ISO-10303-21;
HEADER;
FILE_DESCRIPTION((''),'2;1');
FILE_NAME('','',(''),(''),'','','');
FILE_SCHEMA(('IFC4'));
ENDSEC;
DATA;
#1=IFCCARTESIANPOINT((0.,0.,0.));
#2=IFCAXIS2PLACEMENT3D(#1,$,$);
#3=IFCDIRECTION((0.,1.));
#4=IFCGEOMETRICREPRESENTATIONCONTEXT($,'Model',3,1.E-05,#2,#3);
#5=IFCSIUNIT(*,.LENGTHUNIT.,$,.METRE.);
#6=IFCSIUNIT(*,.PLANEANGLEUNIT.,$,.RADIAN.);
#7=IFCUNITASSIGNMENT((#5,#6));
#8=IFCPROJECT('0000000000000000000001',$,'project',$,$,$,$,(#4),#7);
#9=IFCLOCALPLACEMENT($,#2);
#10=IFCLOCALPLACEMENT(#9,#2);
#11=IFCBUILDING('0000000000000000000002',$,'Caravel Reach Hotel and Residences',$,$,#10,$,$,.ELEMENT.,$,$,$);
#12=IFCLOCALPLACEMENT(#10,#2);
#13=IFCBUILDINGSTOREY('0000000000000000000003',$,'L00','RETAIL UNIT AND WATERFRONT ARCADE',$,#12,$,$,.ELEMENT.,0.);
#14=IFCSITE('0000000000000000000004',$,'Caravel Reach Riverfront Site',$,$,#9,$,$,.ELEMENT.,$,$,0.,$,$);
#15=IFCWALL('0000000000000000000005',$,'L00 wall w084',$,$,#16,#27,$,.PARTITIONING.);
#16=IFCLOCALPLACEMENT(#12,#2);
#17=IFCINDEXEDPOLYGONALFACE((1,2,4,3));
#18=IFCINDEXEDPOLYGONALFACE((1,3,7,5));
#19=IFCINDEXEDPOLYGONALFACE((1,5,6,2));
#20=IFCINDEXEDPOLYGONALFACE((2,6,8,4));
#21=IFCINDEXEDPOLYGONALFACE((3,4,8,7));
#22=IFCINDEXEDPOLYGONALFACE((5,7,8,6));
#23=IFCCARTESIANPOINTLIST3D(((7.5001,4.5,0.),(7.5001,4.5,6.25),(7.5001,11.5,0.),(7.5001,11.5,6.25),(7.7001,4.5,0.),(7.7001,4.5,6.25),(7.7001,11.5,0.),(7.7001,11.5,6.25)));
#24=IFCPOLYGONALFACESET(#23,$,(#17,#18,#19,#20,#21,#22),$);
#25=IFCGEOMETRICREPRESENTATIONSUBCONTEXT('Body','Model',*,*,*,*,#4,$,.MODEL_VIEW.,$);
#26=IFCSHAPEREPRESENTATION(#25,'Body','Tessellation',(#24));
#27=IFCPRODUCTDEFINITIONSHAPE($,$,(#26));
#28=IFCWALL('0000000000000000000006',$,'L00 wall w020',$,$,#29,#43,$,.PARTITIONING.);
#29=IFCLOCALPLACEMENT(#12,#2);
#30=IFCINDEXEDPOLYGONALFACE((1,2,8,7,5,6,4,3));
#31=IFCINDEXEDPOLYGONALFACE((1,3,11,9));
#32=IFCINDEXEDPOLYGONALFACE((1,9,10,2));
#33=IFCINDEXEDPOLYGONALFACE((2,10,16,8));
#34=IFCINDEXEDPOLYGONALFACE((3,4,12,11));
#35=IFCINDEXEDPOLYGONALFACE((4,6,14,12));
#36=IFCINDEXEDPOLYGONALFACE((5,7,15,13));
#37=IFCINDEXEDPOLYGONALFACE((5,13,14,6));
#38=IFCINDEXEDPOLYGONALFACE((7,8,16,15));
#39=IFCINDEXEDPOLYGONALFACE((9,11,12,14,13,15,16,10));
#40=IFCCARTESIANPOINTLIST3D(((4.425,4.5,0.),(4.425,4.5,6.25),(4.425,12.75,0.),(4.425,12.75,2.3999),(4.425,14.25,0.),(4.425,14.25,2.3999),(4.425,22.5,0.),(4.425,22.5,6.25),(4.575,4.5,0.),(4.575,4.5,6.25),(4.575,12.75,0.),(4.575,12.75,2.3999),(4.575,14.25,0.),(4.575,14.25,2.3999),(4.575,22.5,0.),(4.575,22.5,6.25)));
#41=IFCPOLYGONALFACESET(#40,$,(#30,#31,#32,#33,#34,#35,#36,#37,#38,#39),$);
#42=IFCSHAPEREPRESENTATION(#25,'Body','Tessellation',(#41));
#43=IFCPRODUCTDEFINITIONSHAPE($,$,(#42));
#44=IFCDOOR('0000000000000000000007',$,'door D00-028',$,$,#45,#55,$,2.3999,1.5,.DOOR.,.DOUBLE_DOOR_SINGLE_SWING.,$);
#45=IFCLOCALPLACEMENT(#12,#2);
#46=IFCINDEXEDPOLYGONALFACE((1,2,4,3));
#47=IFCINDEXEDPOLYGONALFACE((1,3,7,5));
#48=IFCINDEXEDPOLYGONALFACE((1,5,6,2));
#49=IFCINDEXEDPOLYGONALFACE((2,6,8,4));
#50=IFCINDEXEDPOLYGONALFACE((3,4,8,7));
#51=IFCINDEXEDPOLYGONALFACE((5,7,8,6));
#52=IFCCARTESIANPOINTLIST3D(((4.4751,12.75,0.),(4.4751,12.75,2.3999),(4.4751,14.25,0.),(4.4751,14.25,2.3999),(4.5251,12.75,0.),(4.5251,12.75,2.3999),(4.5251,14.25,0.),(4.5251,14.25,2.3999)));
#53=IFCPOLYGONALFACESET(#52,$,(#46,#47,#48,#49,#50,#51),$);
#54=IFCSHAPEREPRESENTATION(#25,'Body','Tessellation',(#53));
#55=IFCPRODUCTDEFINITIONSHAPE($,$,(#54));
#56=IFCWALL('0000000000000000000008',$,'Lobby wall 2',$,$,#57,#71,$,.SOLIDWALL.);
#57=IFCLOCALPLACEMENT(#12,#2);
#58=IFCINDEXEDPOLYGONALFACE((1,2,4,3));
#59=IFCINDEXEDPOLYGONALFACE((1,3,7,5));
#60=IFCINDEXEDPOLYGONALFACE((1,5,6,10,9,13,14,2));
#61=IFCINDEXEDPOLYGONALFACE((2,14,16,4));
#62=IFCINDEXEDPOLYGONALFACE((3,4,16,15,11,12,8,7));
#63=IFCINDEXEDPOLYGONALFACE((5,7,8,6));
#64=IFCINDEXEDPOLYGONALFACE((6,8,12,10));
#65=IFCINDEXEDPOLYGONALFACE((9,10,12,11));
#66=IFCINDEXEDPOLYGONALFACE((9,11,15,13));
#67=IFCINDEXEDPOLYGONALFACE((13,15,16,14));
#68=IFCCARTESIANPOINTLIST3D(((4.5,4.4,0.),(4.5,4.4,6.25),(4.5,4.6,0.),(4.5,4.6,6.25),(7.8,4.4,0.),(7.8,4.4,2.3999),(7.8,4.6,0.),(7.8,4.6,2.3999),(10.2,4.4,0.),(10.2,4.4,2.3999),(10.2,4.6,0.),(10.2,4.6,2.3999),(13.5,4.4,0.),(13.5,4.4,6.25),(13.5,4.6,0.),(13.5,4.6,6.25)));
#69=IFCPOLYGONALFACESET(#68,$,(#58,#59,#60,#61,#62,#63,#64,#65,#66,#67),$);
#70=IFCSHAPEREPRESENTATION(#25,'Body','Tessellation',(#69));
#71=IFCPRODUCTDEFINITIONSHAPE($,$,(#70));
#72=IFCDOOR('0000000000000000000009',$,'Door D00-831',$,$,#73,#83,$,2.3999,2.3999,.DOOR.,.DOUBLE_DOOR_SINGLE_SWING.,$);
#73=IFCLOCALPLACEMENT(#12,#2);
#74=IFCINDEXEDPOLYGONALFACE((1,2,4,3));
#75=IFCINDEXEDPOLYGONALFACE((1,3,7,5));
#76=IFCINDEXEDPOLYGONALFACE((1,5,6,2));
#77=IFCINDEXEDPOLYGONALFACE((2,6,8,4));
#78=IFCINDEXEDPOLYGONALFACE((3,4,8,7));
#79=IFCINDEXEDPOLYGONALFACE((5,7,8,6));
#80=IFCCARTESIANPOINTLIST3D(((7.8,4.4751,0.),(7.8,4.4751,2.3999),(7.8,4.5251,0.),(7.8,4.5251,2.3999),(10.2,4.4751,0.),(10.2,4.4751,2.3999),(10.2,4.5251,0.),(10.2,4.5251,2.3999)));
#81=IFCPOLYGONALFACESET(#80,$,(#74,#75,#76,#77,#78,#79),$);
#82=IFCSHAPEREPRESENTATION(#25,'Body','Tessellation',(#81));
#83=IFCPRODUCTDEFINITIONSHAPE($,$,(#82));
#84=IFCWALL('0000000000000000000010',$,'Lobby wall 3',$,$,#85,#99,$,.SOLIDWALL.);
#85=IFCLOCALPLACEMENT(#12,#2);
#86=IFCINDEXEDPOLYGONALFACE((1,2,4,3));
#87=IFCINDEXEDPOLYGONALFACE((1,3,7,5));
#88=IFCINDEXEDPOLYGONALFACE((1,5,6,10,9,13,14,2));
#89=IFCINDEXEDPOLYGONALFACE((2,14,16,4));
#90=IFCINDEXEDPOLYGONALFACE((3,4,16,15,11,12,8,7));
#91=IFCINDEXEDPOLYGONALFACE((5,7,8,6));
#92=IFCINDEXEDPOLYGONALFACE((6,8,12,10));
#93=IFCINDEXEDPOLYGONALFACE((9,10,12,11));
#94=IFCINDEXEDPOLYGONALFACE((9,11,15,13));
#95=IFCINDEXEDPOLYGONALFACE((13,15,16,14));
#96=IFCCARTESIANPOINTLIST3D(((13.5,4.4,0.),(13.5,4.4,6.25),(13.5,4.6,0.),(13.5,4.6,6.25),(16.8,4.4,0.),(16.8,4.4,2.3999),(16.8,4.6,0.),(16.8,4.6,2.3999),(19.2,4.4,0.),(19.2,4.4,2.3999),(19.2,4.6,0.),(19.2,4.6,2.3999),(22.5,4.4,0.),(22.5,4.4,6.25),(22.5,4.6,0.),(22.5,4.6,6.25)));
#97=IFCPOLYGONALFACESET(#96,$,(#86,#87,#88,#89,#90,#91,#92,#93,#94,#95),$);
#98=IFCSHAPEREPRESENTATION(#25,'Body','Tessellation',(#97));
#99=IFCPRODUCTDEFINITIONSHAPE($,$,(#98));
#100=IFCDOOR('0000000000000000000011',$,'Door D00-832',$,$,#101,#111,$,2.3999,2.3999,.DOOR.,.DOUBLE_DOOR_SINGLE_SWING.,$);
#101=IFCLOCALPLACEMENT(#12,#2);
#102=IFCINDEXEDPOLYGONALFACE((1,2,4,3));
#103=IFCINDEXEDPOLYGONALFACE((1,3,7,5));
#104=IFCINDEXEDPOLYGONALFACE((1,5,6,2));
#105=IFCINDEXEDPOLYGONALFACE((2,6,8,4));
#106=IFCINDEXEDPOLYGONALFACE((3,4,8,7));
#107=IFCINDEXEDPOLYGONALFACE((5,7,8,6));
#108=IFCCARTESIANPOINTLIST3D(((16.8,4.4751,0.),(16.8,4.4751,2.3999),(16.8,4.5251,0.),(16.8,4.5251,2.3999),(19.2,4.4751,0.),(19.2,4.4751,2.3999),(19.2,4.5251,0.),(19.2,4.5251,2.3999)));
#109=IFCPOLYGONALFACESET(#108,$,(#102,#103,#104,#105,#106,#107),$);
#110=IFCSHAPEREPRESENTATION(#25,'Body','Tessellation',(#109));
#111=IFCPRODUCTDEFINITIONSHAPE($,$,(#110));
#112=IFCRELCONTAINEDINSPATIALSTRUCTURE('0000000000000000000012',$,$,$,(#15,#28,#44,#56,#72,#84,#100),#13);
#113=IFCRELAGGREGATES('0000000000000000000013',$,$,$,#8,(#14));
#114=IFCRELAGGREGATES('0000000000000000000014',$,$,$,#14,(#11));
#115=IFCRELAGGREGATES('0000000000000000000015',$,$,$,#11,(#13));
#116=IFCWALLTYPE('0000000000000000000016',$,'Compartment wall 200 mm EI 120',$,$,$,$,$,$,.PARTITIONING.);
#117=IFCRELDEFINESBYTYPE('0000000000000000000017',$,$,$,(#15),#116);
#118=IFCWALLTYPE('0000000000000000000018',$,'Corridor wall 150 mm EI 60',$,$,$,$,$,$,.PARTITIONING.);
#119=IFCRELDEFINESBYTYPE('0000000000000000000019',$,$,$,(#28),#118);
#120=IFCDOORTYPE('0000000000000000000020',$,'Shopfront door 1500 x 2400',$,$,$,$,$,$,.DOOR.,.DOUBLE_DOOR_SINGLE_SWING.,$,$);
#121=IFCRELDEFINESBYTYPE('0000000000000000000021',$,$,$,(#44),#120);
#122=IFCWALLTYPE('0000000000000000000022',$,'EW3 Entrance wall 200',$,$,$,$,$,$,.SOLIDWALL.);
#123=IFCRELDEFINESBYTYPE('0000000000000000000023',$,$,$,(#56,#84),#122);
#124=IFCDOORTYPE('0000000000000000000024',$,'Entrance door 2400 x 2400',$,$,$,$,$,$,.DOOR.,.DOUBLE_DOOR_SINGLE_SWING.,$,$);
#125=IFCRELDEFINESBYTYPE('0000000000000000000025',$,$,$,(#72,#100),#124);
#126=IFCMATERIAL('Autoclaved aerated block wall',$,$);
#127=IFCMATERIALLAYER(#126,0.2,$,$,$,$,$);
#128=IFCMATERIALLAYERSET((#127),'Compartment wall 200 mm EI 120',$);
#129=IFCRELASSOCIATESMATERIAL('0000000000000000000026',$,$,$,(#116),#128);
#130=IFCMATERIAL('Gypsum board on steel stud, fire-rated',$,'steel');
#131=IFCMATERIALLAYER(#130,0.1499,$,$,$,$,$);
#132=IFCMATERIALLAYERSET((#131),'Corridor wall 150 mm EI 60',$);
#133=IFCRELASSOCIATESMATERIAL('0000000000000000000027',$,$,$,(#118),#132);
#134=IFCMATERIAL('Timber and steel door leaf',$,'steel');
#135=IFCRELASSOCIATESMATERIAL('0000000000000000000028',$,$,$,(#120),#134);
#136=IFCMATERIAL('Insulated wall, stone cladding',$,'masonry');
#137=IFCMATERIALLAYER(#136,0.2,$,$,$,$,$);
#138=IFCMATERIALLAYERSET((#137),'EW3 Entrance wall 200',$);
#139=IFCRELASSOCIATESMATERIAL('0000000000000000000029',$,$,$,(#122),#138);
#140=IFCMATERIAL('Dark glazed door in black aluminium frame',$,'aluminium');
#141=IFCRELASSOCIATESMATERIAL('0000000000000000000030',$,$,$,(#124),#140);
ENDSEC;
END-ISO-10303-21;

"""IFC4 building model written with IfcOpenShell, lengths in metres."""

from ifc_helpers import new_model, si_unit, direction, frame, frame_2d, origin, place, context, subcontext, project, spatial, rectangle, extrude, material, layer, layer_set, type_object, element, fill, save


model = new_model("IFC4")

# Units and contexts
model_context = context("Model", 3, precision=1e-05, world=origin(), true_north=direction((0.0, 1.0)))
body_context = subcontext(model_context, "Body", "Model", "MODEL_VIEW")
ifc_project = project(units=[si_unit("LENGTHUNIT", "METRE"), si_unit("PLANEANGLEUNIT", "RADIAN")], contexts=[model_context])

# Site, building, storey
site_placement = place(None, origin())
site = spatial("IfcSite", under=ifc_project, at=site_placement, Name="Caravel Reach Riverfront Site", CompositionType="ELEMENT", RefElevation=0.0)
building_placement = place(site_placement, origin())
building = spatial("IfcBuilding", under=site, at=building_placement, Name="Caravel Reach Hotel and Residences", CompositionType="ELEMENT")
storey_placement = place(building_placement, origin())
storey = spatial("IfcBuildingStorey", under=building, at=storey_placement, Name="L00", Description="RETAIL UNIT AND WATERFRONT ARCADE", CompositionType="ELEMENT", Elevation=0.0)

# Wall
ifc_material_1 = material(Name="Autoclaved aerated block wall")
ifc_layer_1 = layer(ifc_material_1, 0.2)
ifc_layer_set_1 = layer_set([ifc_layer_1], Name="Compartment wall 200 mm EI 120")
wall_type_1 = type_object("IfcWallType", Name="Compartment wall 200 mm EI 120", PredefinedType="PARTITIONING", material=ifc_layer_set_1)
for number, where, z_axis, x_axis, name in (
    (1, (7.6001, 4.5, 0.0), (0.0, 0.0, 1.0), (0.0, 1.0, 0.0), "L00 wall w084"),
):
    element("IfcWall", number, at=place(storey_placement, frame(where, z_axis=z_axis, x_axis=x_axis)), inside=storey, type_object=wall_type_1, Name=name, PredefinedType="PARTITIONING", context=body_context, shape_type="SweptSolid", body=[
        extrude(rectangle(XDim=7.0, YDim=0.2, at=frame_2d((3.5, 0.0))), origin(), (0.0, 0.0, 1.0), 6.25),
    ])

# Walls, openings, doors
ifc_material_2 = material(Name="Gypsum board on steel stud, fire-rated", Category="steel")
ifc_layer_2 = layer(ifc_material_2, 0.1499)
ifc_layer_set_2 = layer_set([ifc_layer_2], Name="Corridor wall 150 mm EI 60")
wall_type_2 = type_object("IfcWallType", Name="Corridor wall 150 mm EI 60", PredefinedType="PARTITIONING", material=ifc_layer_set_2)
wall_1_placement = place(storey_placement, frame((4.5, 4.5, 0.0), z_axis=(0.0, 0.0, 1.0), x_axis=(0.0, 1.0, 0.0)))
wall_1 = element("IfcWall", 2, at=wall_1_placement, inside=storey, type_object=wall_type_2, Name="L00 wall w020", PredefinedType="PARTITIONING", context=body_context, shape_type="SweptSolid", body=[
    extrude(rectangle(XDim=18.0, YDim=0.1499, at=frame_2d((9.0, 0.0))), origin(), (0.0, 0.0, 1.0), 6.25),
])
opening_1_placement = place(wall_1_placement, frame((8.25, 0.0, 0.0)))
opening_1 = element("IfcOpeningElement", 3, at=opening_1_placement, cuts=wall_1, PredefinedType="OPENING", context=body_context, shape_type="SweptSolid", body=[
    extrude(rectangle(XDim=1.5, YDim=2.3999, at=frame_2d((0.75, 1.2))), frame((0.0, 0.085, 0.0), z_axis=(0.0, -1.0, 0.0), x_axis=(1.0, 0.0, 0.0)), (0.0, 0.0, 1.0), 0.1699),
])
ifc_material_3 = material(Name="Timber and steel door leaf", Category="steel")
door_type_1 = type_object("IfcDoorType", Name="Shopfront door 1500 x 2400", OperationType="DOUBLE_DOOR_SINGLE_SWING", PredefinedType="DOOR", material=ifc_material_3)
door_1_placement = place(opening_1_placement, origin())
door_1 = element("IfcDoor", 4, at=door_1_placement, inside=storey, type_object=door_type_1, Name="door D00-028", OperationType="DOUBLE_DOOR_SINGLE_SWING", OverallHeight=2.3999, OverallWidth=1.5, PredefinedType="DOOR", context=body_context, shape_type="SweptSolid", body=[
    extrude(rectangle(XDim=1.5, YDim=2.3999, at=frame_2d((0.75, 1.2))), frame((0.0, 0.0249, 0.0), z_axis=(0.0, -1.0, 0.0), x_axis=(1.0, 0.0, 0.0)), (0.0, 0.0, 1.0), 0.05),
])
fill(opening_1, door_1)
ifc_material_4 = material(Name="Insulated wall, stone cladding", Category="masonry")
ifc_layer_3 = layer(ifc_material_4, 0.2)
ifc_layer_set_3 = layer_set([ifc_layer_3], Name="EW3 Entrance wall 200")
wall_type_3 = type_object("IfcWallType", Name="EW3 Entrance wall 200", PredefinedType="SOLIDWALL", material=ifc_layer_set_3)
wall_2_placement = place(storey_placement, frame((13.5, 4.5, 0.0), z_axis=(0.0, 0.0, 1.0), x_axis=(-1.0, 0.0, 0.0)))
wall_2 = element("IfcWall", 5, at=wall_2_placement, inside=storey, type_object=wall_type_3, Name="Lobby wall 2", PredefinedType="SOLIDWALL", context=body_context, shape_type="SweptSolid", body=[
    extrude(rectangle(XDim=9.0, YDim=0.2, at=frame_2d((4.5, 0.0))), origin(), (0.0, 0.0, 1.0), 6.25),
])
opening_2_placement = place(wall_2_placement, frame((3.3, 0.0, 0.0)))
opening_2 = element("IfcOpeningElement", 6, at=opening_2_placement, cuts=wall_2, PredefinedType="OPENING", context=body_context, shape_type="SweptSolid", body=[
    extrude(rectangle(XDim=2.3999, YDim=2.3999, at=frame_2d((1.2, 1.2))), frame((0.0, 0.1099, 0.0), z_axis=(0.0, -1.0, 0.0), x_axis=(1.0, 0.0, 0.0)), (0.0, 0.0, 1.0), 0.22),
])
ifc_material_5 = material(Name="Dark glazed door in black aluminium frame", Category="aluminium")
door_type_2 = type_object("IfcDoorType", Name="Entrance door 2400 x 2400", OperationType="DOUBLE_DOOR_SINGLE_SWING", PredefinedType="DOOR", material=ifc_material_5)
door_2_placement = place(opening_2_placement, origin())
door_2 = element("IfcDoor", 7, at=door_2_placement, inside=storey, type_object=door_type_2, Name="Door D00-831", OperationType="DOUBLE_DOOR_SINGLE_SWING", OverallHeight=2.3999, OverallWidth=2.3999, PredefinedType="DOOR", context=body_context, shape_type="SweptSolid", body=[
    extrude(rectangle(XDim=2.3999, YDim=2.3999, at=frame_2d((1.2, 1.2))), frame((0.0, 0.0249, 0.0), z_axis=(0.0, -1.0, 0.0), x_axis=(1.0, 0.0, 0.0)), (0.0, 0.0, 1.0), 0.05),
])
fill(opening_2, door_2)
wall_3_placement = place(storey_placement, frame((22.5, 4.5, 0.0), z_axis=(0.0, 0.0, 1.0), x_axis=(-1.0, 0.0, 0.0)))
wall_3 = element("IfcWall", 8, at=wall_3_placement, inside=storey, type_object=wall_type_3, Name="Lobby wall 3", PredefinedType="SOLIDWALL", context=body_context, shape_type="SweptSolid", body=[
    extrude(rectangle(XDim=9.0, YDim=0.2, at=frame_2d((4.5, 0.0))), origin(), (0.0, 0.0, 1.0), 6.25),
])
opening_3_placement = place(wall_3_placement, frame((3.3, 0.0, 0.0)))
opening_3 = element("IfcOpeningElement", 9, at=opening_3_placement, cuts=wall_3, PredefinedType="OPENING", context=body_context, shape_type="SweptSolid", body=[
    extrude(rectangle(XDim=2.3999, YDim=2.3999, at=frame_2d((1.2, 1.2))), frame((0.0, 0.1099, 0.0), z_axis=(0.0, -1.0, 0.0), x_axis=(1.0, 0.0, 0.0)), (0.0, 0.0, 1.0), 0.22),
])
door_3_placement = place(opening_3_placement, origin())
door_3 = element("IfcDoor", 10, at=door_3_placement, inside=storey, type_object=door_type_2, Name="Door D00-832", OperationType="DOUBLE_DOOR_SINGLE_SWING", OverallHeight=2.3999, OverallWidth=2.3999, PredefinedType="DOOR", context=body_context, shape_type="SweptSolid", body=[
    extrude(rectangle(XDim=2.3999, YDim=2.3999, at=frame_2d((1.2, 1.2))), frame((0.0, 0.0249, 0.0), z_axis=(0.0, -1.0, 0.0), x_axis=(1.0, 0.0, 0.0)), (0.0, 0.0, 1.0), 0.05),
])
fill(opening_3, door_3)

save(model, "model.ifc")
